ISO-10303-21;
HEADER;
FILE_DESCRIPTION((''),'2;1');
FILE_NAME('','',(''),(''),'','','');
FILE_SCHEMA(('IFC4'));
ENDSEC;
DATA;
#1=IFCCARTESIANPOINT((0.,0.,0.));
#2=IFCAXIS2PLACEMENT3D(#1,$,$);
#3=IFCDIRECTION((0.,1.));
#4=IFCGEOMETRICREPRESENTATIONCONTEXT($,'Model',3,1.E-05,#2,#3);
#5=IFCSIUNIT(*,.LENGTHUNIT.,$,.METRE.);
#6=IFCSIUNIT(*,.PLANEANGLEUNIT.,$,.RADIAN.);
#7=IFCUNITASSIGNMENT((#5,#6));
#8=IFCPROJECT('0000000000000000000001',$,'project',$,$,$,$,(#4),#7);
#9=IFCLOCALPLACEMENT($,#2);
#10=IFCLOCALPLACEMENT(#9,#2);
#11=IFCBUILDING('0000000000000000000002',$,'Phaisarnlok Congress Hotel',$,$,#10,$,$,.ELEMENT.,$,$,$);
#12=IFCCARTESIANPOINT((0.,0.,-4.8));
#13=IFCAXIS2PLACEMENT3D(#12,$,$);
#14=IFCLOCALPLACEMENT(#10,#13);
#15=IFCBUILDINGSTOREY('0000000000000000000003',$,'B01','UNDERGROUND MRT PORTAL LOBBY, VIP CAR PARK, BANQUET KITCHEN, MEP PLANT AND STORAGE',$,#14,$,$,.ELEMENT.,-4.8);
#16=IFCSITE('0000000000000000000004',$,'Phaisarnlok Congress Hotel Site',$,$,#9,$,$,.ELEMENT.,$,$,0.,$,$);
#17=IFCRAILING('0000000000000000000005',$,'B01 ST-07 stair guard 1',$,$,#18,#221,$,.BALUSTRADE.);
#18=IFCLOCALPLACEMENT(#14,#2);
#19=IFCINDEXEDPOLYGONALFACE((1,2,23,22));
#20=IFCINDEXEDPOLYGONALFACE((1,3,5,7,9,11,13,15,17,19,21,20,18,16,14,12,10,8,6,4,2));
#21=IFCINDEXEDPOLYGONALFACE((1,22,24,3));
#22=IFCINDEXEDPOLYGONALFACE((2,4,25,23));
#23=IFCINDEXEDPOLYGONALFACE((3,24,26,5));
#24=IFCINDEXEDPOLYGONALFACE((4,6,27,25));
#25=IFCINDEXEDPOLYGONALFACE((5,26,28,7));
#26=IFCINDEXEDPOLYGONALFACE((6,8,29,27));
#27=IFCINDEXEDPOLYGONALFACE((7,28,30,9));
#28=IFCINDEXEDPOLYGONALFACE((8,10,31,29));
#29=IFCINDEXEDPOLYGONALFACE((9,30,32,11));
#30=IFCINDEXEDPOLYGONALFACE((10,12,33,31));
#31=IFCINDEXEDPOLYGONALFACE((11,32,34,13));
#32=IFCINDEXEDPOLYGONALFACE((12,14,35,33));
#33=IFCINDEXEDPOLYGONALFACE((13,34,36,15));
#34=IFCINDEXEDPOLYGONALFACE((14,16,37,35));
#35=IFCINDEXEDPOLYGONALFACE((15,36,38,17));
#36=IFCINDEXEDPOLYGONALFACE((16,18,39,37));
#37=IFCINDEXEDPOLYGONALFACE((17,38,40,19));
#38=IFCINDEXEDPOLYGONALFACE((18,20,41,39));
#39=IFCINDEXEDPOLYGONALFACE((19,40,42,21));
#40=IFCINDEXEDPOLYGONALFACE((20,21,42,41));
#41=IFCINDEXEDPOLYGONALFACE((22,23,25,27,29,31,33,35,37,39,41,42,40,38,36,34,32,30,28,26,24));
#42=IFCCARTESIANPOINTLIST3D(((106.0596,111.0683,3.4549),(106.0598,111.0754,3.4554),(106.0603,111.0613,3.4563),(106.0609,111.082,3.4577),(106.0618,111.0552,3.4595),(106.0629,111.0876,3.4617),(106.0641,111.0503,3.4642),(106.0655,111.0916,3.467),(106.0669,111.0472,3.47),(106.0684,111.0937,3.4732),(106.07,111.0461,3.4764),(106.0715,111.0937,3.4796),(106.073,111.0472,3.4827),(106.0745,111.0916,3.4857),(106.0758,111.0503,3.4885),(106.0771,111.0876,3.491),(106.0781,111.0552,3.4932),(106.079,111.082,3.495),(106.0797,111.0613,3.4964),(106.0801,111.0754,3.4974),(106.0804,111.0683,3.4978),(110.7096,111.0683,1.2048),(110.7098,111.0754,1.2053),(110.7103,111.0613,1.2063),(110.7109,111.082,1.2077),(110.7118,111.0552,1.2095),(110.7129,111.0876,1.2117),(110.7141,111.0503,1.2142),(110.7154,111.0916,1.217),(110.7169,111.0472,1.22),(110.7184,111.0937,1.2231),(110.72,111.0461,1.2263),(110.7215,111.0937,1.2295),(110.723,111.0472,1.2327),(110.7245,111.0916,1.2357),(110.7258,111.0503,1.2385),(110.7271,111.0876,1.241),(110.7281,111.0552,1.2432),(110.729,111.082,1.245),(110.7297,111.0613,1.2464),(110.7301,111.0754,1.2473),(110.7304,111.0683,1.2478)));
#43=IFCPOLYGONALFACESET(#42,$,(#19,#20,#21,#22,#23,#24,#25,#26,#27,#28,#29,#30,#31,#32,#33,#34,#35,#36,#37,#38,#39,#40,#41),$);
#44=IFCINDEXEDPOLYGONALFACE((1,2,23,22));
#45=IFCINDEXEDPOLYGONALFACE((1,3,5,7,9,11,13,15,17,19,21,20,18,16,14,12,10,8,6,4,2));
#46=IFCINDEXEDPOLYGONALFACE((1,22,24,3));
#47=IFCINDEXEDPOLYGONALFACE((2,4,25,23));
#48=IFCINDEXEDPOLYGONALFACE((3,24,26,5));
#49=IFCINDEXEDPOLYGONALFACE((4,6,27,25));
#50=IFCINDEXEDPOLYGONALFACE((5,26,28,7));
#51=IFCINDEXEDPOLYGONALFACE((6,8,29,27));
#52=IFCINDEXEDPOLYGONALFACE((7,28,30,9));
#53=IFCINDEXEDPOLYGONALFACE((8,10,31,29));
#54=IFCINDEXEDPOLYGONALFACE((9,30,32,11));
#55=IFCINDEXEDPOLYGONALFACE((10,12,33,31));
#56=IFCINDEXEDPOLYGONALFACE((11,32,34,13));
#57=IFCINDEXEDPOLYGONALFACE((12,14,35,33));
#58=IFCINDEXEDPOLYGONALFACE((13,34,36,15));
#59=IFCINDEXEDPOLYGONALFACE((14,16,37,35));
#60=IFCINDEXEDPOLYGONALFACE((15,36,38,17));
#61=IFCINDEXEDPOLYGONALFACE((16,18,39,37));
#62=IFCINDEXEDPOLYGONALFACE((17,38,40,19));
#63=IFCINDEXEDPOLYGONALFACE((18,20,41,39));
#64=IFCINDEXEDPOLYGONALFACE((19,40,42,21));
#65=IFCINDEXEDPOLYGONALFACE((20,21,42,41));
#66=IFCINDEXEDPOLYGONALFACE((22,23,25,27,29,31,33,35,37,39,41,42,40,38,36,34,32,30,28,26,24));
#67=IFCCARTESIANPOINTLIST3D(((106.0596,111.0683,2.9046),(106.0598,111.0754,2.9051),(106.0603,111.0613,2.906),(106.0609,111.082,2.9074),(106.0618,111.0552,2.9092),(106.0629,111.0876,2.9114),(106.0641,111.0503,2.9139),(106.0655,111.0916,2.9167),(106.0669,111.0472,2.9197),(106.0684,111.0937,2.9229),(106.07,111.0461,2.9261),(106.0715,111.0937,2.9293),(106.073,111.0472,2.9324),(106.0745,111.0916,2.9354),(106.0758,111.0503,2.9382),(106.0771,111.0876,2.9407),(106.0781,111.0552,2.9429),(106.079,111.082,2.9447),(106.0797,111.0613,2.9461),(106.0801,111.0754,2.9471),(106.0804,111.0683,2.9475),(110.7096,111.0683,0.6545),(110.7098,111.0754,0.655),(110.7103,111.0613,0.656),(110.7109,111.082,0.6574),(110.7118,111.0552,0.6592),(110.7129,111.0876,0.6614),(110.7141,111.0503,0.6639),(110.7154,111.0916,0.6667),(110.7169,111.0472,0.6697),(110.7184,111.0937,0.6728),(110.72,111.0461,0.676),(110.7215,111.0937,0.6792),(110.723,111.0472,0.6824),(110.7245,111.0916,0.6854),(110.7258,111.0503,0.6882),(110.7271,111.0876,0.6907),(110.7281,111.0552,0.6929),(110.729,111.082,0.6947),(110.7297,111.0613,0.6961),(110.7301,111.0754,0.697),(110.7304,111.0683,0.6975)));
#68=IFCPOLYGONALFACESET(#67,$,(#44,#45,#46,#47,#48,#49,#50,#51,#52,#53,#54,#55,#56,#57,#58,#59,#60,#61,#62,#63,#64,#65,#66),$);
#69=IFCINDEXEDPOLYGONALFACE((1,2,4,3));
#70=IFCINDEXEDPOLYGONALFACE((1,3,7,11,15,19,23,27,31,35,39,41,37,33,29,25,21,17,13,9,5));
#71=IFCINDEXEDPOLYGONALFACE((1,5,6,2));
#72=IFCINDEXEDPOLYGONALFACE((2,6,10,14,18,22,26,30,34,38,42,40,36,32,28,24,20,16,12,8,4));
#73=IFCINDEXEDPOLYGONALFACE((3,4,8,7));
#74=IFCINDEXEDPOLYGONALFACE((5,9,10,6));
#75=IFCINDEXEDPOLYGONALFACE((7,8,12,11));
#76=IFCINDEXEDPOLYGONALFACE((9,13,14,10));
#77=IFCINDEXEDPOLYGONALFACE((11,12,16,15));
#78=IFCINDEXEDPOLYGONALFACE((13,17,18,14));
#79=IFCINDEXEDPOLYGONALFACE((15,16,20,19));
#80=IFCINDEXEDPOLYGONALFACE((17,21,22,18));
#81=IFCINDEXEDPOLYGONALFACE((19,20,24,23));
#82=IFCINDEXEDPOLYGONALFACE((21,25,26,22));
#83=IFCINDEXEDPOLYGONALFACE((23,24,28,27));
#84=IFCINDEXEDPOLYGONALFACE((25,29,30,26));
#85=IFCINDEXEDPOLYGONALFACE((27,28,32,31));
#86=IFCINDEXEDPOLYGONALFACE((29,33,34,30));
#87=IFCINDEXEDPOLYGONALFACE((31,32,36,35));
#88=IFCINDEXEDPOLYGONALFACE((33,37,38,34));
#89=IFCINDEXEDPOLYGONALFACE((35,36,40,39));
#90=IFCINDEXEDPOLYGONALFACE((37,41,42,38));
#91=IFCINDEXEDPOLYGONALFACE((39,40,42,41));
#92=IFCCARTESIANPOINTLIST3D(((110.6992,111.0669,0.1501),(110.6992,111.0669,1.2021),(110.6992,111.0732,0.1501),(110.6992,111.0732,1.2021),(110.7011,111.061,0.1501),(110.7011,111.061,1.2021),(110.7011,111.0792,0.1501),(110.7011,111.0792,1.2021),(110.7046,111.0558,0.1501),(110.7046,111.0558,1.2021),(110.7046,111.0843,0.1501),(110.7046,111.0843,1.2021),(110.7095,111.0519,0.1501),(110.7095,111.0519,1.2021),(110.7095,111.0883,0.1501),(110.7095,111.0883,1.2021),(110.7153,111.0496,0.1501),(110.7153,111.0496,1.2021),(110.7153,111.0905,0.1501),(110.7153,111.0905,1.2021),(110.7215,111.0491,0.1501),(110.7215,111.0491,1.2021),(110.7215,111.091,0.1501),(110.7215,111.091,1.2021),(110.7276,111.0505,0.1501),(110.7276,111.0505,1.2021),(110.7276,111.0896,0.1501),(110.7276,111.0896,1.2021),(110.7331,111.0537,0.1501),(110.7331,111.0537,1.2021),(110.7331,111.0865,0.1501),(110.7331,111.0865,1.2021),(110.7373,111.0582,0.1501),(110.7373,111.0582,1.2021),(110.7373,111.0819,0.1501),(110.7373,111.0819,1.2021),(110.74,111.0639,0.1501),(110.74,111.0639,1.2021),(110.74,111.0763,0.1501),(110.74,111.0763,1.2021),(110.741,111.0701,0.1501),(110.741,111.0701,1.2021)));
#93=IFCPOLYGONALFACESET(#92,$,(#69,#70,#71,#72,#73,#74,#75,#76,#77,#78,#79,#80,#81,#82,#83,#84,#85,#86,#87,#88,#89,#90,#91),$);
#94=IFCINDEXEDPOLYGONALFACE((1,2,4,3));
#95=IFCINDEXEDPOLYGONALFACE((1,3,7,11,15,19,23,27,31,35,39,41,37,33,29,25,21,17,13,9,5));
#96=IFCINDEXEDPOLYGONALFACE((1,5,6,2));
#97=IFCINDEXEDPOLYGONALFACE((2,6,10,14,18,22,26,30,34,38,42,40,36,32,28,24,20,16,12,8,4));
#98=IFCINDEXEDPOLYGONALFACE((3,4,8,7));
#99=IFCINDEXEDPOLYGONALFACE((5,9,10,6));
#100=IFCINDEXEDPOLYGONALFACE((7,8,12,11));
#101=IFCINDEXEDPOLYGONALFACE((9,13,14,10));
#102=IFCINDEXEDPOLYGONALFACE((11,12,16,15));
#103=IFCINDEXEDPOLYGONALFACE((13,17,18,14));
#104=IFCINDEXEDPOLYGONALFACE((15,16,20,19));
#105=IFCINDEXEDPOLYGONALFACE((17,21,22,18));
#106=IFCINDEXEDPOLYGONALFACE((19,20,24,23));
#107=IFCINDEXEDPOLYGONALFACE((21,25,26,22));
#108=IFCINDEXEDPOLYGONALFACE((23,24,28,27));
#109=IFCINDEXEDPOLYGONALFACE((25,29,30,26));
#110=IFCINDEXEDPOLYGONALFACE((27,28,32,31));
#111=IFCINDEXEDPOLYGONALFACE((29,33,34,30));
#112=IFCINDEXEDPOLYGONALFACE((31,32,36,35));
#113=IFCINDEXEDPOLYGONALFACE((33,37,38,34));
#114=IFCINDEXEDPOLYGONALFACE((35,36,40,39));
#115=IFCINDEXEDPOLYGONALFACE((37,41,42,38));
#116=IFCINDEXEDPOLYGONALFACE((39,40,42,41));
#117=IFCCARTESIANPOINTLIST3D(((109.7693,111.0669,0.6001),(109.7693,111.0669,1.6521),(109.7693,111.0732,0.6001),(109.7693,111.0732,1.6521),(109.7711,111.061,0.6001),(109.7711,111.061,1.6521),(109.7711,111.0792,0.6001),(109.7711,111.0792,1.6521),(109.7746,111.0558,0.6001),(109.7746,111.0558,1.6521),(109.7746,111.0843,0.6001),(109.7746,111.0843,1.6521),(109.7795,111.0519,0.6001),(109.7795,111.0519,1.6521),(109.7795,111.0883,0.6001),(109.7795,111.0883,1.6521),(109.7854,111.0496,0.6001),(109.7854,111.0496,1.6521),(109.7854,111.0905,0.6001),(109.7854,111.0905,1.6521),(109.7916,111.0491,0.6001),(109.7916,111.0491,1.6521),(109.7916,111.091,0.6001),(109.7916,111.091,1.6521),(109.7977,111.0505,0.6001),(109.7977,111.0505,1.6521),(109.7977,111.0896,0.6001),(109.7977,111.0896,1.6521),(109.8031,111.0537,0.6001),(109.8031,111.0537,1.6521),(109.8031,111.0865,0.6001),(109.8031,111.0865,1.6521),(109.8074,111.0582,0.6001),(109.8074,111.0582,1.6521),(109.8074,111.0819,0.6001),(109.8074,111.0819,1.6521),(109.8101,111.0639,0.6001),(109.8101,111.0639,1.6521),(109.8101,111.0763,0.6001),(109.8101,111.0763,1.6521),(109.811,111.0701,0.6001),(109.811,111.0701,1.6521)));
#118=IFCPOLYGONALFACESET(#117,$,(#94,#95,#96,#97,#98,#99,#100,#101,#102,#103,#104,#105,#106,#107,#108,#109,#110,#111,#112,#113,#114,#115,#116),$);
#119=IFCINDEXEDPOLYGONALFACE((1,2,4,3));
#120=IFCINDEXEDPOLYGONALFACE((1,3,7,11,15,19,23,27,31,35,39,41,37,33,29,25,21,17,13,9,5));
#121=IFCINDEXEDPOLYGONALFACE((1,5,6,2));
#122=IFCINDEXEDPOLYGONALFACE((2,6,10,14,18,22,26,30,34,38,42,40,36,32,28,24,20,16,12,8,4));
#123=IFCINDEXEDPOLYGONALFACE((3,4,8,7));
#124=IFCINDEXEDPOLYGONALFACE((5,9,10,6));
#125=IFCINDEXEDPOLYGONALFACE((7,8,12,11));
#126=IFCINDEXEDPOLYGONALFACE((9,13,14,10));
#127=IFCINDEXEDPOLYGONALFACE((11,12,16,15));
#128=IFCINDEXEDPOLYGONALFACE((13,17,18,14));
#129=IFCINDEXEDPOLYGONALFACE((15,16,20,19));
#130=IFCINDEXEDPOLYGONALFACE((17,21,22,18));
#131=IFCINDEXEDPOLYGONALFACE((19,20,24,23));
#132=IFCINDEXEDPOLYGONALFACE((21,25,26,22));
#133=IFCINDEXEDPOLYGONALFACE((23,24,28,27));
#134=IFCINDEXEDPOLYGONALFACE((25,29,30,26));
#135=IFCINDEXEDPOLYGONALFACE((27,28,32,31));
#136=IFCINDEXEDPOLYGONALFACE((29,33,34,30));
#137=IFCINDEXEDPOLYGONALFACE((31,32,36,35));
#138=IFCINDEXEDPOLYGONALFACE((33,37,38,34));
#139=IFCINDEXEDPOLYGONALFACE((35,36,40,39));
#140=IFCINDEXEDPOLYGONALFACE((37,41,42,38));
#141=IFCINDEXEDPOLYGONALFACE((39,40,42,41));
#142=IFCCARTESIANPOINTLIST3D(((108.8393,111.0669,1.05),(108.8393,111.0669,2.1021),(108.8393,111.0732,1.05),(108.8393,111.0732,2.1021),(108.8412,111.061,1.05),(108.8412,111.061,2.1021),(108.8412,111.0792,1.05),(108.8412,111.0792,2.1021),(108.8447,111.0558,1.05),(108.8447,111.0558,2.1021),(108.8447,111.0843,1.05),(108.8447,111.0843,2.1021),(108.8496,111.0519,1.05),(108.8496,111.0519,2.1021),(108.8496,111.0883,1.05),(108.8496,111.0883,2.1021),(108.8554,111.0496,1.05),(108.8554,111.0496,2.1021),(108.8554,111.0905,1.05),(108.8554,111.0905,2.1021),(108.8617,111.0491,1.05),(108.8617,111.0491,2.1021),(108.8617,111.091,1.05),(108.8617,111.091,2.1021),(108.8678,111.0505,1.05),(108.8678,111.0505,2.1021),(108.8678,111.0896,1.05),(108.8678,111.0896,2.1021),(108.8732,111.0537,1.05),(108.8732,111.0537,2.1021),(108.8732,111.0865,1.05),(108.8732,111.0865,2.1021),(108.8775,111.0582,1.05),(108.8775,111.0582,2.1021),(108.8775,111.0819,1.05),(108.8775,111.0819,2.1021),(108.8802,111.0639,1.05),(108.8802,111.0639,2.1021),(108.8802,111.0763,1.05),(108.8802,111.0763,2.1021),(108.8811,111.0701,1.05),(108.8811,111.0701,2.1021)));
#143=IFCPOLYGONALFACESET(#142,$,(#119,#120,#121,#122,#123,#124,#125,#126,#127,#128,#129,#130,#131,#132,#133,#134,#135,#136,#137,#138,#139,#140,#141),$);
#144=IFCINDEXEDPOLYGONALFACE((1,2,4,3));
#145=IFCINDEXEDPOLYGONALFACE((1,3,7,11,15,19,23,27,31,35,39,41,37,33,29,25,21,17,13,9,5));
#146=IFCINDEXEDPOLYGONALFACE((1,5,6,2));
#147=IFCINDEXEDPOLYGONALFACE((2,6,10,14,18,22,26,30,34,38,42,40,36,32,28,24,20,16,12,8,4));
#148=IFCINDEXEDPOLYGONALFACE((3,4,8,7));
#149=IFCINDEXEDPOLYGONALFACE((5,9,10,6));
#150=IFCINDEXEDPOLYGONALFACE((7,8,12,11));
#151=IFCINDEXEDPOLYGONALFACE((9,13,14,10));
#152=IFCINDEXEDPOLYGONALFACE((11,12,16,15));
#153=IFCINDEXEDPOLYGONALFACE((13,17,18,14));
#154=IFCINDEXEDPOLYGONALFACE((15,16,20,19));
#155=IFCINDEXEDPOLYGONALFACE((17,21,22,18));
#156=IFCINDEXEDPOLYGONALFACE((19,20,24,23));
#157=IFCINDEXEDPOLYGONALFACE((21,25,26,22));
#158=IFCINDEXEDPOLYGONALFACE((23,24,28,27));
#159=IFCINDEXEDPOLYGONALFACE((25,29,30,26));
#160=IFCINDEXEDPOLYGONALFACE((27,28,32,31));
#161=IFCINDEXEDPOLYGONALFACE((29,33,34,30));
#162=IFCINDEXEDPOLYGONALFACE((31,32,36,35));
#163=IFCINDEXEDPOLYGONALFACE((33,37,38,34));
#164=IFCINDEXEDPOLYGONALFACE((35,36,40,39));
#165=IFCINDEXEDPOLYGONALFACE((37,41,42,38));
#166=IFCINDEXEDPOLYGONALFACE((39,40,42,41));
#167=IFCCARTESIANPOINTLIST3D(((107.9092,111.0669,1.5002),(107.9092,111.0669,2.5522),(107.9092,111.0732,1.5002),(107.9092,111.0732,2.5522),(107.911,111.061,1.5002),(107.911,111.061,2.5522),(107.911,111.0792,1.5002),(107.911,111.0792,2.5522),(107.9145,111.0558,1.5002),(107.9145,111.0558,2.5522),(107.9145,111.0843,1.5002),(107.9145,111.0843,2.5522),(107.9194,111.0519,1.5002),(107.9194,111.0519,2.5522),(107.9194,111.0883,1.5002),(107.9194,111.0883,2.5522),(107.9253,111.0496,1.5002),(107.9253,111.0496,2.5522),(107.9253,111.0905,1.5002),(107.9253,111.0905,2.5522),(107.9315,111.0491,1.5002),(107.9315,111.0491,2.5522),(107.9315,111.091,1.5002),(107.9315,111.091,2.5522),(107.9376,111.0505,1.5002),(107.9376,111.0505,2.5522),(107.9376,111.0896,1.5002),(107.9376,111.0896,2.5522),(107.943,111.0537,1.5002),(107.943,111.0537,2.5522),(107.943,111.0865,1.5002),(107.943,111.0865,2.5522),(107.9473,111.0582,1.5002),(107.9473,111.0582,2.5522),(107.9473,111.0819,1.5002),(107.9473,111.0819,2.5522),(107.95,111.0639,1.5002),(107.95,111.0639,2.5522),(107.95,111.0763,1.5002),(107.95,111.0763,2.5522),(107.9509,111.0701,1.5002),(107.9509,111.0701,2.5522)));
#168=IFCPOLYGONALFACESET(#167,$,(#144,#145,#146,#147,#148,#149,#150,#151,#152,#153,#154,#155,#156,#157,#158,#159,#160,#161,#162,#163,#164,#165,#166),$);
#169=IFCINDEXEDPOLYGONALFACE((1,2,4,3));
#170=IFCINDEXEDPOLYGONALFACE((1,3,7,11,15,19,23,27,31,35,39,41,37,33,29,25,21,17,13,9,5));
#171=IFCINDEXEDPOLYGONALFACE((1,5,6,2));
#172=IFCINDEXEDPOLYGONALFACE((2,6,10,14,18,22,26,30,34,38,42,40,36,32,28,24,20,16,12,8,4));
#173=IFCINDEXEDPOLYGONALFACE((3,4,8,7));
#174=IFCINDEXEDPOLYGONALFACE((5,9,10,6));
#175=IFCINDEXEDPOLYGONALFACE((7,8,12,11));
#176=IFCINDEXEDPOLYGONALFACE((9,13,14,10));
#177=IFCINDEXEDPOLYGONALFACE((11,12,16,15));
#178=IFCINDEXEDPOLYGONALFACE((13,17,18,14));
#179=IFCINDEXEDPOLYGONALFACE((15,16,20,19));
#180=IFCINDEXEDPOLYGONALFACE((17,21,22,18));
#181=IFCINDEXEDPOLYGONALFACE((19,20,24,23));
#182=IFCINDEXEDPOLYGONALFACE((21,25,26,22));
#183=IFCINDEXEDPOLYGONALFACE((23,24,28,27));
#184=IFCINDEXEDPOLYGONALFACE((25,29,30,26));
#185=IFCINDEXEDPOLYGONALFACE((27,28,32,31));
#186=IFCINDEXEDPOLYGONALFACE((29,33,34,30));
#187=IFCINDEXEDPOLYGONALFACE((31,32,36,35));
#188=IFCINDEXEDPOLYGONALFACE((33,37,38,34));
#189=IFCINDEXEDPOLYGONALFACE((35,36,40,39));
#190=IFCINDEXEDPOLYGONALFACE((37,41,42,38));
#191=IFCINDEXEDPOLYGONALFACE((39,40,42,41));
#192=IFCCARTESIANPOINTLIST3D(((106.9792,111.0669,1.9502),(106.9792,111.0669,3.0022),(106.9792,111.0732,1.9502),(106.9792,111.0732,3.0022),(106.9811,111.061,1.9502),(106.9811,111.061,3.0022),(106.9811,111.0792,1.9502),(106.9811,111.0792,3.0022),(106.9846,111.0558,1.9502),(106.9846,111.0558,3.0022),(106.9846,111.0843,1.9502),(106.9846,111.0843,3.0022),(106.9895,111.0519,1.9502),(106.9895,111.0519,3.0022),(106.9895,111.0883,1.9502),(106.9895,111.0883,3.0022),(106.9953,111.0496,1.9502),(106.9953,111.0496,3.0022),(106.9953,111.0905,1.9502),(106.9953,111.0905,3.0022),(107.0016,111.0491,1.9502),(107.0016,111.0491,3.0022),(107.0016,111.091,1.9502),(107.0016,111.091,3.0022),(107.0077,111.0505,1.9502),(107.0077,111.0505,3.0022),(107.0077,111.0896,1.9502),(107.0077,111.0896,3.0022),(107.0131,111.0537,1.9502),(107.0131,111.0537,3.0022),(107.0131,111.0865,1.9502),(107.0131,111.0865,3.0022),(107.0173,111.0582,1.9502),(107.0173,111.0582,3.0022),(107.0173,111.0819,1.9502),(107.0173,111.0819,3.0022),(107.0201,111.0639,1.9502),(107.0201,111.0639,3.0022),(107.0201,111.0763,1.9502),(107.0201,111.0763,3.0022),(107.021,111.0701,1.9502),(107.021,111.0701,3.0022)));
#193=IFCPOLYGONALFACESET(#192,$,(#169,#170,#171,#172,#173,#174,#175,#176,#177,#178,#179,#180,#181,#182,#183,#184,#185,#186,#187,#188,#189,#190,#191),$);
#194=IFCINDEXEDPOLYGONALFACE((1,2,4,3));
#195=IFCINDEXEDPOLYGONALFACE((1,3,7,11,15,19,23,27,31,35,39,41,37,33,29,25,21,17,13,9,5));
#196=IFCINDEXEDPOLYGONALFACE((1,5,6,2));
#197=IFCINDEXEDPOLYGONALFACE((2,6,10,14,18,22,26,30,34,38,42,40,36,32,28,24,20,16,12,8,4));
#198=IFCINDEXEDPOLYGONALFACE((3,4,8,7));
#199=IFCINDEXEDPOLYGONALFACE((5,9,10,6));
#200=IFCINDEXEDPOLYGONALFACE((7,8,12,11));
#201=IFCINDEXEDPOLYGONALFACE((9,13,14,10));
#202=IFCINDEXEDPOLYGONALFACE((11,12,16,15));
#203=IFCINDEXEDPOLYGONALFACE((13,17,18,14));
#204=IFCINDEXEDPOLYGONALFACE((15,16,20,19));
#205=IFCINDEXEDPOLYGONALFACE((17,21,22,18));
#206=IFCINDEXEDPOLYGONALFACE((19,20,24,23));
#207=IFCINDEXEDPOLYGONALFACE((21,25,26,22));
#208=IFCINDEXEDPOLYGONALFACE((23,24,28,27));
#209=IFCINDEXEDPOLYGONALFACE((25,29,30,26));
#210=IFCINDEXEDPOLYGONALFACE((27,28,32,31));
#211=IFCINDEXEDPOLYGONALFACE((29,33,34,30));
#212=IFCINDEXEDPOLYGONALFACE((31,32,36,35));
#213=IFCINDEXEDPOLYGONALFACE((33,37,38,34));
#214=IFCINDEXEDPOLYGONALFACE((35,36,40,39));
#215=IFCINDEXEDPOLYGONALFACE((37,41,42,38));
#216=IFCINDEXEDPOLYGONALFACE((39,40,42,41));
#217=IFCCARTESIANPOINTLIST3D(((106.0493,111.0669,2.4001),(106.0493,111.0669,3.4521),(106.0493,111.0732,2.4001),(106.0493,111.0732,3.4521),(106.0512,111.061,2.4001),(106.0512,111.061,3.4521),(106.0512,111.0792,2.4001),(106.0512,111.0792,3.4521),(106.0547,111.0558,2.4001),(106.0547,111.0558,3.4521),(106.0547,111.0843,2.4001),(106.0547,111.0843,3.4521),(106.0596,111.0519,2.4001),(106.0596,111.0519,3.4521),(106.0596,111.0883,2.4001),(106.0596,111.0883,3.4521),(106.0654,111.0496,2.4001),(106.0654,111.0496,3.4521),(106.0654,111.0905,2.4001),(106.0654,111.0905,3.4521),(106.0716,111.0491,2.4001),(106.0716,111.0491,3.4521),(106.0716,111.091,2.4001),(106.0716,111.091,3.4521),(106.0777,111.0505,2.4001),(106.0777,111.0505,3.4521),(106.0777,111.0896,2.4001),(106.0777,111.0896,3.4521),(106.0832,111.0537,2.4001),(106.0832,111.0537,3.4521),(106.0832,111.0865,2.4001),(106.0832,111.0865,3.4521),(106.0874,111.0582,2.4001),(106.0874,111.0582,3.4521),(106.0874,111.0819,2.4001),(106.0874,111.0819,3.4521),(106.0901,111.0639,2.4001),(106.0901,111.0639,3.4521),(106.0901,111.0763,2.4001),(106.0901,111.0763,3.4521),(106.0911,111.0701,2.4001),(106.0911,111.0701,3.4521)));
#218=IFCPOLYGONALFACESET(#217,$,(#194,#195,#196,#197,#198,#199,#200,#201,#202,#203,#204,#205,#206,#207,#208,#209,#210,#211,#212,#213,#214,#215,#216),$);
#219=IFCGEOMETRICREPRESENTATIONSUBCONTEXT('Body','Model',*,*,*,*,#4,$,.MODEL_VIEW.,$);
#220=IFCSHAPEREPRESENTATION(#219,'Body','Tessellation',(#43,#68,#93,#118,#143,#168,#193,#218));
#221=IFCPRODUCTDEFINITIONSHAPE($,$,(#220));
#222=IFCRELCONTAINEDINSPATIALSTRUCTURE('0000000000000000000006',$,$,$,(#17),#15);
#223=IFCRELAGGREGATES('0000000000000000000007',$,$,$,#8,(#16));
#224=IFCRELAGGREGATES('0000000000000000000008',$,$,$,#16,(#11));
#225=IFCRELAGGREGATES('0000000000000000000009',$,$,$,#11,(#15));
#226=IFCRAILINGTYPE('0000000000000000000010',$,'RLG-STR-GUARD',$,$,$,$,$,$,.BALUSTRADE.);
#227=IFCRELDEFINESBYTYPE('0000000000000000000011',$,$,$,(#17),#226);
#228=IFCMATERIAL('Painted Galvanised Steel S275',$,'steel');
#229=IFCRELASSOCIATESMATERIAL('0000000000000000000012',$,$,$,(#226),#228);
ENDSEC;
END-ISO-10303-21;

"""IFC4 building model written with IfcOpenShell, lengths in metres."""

from ifc_helpers import new_model, si_unit, direction, frame, origin, origin_2d, place, context, subcontext, project, spatial, circle, extrude, material, type_object, element, save


model = new_model("IFC4")

# Units and contexts
model_context = context("Model", 3, precision=1e-05, world=origin(), true_north=direction((0.0, 1.0)))
body_context = subcontext(model_context, "Body", "Model", "MODEL_VIEW")
ifc_project = project(units=[si_unit("LENGTHUNIT", "METRE"), si_unit("PLANEANGLEUNIT", "RADIAN")], contexts=[model_context])

# Site, building, storey
site_placement = place(None, origin())
site = spatial("IfcSite", under=ifc_project, at=site_placement, Name="Phaisarnlok Congress Hotel Site", CompositionType="ELEMENT", RefElevation=0.0)
building_placement = place(site_placement, origin())
building = spatial("IfcBuilding", under=site, at=building_placement, Name="Phaisarnlok Congress Hotel", CompositionType="ELEMENT")
storey_placement = place(building_placement, frame((0.0, 0.0, -4.8)))
storey = spatial("IfcBuildingStorey", under=building, at=storey_placement, Name="B01", Description="UNDERGROUND MRT PORTAL LOBBY, VIP CAR PARK, BANQUET KITCHEN, MEP PLANT AND STORAGE", CompositionType="ELEMENT", Elevation=-4.8)

# Railing
ifc_material_1 = material(Name="Painted Galvanised Steel S275", Category="steel")
railing_type_1 = type_object("IfcRailingType", Name="RLG-STR-GUARD", PredefinedType="BALUSTRADE", material=ifc_material_1)
railing_1_placement = place(storey_placement, frame((110.72, 111.0701, 0.1501)))
element("IfcRailing", 1, at=railing_1_placement, inside=storey, type_object=railing_type_1, Name="B01 ST-07 stair guard 1", PredefinedType="BALUSTRADE", context=body_context, shape_type="SweptSolid", body=[
    extrude(circle(Radius=0.0239, at=origin_2d()), frame((0.0, 0.0, 1.0762), z_axis=(-0.900156, 0.0, 0.435568), x_axis=(0.0, -1.0, 0.0)), (0.0, 0.0, 1.0), 5.1658),
    extrude(circle(Radius=0.0239, at=origin_2d()), frame((0.0, 0.0, 0.5259), z_axis=(-0.900156, 0.0, 0.435568), x_axis=(0.0, -1.0, 0.0)), (0.0, 0.0, 1.0), 5.1658),
    extrude(circle(Radius=0.021, at=origin_2d()), origin(), (0.0, 0.0, 1.0), 1.052),
    extrude(circle(Radius=0.021, at=origin_2d()), frame((-0.9299, 0.0, 0.45)), (0.0, 0.0, 1.0), 1.052),
    extrude(circle(Radius=0.021, at=origin_2d()), frame((-1.8599, 0.0, 0.8999)), (0.0, 0.0, 1.0), 1.052),
    extrude(circle(Radius=0.021, at=origin_2d()), frame((-2.79, 0.0, 1.3501)), (0.0, 0.0, 1.0), 1.052),
    extrude(circle(Radius=0.021, at=origin_2d()), frame((-3.72, 0.0, 1.8)), (0.0, 0.0, 1.0), 1.052),
    extrude(circle(Radius=0.021, at=origin_2d()), frame((-4.6499, 0.0, 2.25)), (0.0, 0.0, 1.0), 1.052),
])

save(model, "model.ifc")
